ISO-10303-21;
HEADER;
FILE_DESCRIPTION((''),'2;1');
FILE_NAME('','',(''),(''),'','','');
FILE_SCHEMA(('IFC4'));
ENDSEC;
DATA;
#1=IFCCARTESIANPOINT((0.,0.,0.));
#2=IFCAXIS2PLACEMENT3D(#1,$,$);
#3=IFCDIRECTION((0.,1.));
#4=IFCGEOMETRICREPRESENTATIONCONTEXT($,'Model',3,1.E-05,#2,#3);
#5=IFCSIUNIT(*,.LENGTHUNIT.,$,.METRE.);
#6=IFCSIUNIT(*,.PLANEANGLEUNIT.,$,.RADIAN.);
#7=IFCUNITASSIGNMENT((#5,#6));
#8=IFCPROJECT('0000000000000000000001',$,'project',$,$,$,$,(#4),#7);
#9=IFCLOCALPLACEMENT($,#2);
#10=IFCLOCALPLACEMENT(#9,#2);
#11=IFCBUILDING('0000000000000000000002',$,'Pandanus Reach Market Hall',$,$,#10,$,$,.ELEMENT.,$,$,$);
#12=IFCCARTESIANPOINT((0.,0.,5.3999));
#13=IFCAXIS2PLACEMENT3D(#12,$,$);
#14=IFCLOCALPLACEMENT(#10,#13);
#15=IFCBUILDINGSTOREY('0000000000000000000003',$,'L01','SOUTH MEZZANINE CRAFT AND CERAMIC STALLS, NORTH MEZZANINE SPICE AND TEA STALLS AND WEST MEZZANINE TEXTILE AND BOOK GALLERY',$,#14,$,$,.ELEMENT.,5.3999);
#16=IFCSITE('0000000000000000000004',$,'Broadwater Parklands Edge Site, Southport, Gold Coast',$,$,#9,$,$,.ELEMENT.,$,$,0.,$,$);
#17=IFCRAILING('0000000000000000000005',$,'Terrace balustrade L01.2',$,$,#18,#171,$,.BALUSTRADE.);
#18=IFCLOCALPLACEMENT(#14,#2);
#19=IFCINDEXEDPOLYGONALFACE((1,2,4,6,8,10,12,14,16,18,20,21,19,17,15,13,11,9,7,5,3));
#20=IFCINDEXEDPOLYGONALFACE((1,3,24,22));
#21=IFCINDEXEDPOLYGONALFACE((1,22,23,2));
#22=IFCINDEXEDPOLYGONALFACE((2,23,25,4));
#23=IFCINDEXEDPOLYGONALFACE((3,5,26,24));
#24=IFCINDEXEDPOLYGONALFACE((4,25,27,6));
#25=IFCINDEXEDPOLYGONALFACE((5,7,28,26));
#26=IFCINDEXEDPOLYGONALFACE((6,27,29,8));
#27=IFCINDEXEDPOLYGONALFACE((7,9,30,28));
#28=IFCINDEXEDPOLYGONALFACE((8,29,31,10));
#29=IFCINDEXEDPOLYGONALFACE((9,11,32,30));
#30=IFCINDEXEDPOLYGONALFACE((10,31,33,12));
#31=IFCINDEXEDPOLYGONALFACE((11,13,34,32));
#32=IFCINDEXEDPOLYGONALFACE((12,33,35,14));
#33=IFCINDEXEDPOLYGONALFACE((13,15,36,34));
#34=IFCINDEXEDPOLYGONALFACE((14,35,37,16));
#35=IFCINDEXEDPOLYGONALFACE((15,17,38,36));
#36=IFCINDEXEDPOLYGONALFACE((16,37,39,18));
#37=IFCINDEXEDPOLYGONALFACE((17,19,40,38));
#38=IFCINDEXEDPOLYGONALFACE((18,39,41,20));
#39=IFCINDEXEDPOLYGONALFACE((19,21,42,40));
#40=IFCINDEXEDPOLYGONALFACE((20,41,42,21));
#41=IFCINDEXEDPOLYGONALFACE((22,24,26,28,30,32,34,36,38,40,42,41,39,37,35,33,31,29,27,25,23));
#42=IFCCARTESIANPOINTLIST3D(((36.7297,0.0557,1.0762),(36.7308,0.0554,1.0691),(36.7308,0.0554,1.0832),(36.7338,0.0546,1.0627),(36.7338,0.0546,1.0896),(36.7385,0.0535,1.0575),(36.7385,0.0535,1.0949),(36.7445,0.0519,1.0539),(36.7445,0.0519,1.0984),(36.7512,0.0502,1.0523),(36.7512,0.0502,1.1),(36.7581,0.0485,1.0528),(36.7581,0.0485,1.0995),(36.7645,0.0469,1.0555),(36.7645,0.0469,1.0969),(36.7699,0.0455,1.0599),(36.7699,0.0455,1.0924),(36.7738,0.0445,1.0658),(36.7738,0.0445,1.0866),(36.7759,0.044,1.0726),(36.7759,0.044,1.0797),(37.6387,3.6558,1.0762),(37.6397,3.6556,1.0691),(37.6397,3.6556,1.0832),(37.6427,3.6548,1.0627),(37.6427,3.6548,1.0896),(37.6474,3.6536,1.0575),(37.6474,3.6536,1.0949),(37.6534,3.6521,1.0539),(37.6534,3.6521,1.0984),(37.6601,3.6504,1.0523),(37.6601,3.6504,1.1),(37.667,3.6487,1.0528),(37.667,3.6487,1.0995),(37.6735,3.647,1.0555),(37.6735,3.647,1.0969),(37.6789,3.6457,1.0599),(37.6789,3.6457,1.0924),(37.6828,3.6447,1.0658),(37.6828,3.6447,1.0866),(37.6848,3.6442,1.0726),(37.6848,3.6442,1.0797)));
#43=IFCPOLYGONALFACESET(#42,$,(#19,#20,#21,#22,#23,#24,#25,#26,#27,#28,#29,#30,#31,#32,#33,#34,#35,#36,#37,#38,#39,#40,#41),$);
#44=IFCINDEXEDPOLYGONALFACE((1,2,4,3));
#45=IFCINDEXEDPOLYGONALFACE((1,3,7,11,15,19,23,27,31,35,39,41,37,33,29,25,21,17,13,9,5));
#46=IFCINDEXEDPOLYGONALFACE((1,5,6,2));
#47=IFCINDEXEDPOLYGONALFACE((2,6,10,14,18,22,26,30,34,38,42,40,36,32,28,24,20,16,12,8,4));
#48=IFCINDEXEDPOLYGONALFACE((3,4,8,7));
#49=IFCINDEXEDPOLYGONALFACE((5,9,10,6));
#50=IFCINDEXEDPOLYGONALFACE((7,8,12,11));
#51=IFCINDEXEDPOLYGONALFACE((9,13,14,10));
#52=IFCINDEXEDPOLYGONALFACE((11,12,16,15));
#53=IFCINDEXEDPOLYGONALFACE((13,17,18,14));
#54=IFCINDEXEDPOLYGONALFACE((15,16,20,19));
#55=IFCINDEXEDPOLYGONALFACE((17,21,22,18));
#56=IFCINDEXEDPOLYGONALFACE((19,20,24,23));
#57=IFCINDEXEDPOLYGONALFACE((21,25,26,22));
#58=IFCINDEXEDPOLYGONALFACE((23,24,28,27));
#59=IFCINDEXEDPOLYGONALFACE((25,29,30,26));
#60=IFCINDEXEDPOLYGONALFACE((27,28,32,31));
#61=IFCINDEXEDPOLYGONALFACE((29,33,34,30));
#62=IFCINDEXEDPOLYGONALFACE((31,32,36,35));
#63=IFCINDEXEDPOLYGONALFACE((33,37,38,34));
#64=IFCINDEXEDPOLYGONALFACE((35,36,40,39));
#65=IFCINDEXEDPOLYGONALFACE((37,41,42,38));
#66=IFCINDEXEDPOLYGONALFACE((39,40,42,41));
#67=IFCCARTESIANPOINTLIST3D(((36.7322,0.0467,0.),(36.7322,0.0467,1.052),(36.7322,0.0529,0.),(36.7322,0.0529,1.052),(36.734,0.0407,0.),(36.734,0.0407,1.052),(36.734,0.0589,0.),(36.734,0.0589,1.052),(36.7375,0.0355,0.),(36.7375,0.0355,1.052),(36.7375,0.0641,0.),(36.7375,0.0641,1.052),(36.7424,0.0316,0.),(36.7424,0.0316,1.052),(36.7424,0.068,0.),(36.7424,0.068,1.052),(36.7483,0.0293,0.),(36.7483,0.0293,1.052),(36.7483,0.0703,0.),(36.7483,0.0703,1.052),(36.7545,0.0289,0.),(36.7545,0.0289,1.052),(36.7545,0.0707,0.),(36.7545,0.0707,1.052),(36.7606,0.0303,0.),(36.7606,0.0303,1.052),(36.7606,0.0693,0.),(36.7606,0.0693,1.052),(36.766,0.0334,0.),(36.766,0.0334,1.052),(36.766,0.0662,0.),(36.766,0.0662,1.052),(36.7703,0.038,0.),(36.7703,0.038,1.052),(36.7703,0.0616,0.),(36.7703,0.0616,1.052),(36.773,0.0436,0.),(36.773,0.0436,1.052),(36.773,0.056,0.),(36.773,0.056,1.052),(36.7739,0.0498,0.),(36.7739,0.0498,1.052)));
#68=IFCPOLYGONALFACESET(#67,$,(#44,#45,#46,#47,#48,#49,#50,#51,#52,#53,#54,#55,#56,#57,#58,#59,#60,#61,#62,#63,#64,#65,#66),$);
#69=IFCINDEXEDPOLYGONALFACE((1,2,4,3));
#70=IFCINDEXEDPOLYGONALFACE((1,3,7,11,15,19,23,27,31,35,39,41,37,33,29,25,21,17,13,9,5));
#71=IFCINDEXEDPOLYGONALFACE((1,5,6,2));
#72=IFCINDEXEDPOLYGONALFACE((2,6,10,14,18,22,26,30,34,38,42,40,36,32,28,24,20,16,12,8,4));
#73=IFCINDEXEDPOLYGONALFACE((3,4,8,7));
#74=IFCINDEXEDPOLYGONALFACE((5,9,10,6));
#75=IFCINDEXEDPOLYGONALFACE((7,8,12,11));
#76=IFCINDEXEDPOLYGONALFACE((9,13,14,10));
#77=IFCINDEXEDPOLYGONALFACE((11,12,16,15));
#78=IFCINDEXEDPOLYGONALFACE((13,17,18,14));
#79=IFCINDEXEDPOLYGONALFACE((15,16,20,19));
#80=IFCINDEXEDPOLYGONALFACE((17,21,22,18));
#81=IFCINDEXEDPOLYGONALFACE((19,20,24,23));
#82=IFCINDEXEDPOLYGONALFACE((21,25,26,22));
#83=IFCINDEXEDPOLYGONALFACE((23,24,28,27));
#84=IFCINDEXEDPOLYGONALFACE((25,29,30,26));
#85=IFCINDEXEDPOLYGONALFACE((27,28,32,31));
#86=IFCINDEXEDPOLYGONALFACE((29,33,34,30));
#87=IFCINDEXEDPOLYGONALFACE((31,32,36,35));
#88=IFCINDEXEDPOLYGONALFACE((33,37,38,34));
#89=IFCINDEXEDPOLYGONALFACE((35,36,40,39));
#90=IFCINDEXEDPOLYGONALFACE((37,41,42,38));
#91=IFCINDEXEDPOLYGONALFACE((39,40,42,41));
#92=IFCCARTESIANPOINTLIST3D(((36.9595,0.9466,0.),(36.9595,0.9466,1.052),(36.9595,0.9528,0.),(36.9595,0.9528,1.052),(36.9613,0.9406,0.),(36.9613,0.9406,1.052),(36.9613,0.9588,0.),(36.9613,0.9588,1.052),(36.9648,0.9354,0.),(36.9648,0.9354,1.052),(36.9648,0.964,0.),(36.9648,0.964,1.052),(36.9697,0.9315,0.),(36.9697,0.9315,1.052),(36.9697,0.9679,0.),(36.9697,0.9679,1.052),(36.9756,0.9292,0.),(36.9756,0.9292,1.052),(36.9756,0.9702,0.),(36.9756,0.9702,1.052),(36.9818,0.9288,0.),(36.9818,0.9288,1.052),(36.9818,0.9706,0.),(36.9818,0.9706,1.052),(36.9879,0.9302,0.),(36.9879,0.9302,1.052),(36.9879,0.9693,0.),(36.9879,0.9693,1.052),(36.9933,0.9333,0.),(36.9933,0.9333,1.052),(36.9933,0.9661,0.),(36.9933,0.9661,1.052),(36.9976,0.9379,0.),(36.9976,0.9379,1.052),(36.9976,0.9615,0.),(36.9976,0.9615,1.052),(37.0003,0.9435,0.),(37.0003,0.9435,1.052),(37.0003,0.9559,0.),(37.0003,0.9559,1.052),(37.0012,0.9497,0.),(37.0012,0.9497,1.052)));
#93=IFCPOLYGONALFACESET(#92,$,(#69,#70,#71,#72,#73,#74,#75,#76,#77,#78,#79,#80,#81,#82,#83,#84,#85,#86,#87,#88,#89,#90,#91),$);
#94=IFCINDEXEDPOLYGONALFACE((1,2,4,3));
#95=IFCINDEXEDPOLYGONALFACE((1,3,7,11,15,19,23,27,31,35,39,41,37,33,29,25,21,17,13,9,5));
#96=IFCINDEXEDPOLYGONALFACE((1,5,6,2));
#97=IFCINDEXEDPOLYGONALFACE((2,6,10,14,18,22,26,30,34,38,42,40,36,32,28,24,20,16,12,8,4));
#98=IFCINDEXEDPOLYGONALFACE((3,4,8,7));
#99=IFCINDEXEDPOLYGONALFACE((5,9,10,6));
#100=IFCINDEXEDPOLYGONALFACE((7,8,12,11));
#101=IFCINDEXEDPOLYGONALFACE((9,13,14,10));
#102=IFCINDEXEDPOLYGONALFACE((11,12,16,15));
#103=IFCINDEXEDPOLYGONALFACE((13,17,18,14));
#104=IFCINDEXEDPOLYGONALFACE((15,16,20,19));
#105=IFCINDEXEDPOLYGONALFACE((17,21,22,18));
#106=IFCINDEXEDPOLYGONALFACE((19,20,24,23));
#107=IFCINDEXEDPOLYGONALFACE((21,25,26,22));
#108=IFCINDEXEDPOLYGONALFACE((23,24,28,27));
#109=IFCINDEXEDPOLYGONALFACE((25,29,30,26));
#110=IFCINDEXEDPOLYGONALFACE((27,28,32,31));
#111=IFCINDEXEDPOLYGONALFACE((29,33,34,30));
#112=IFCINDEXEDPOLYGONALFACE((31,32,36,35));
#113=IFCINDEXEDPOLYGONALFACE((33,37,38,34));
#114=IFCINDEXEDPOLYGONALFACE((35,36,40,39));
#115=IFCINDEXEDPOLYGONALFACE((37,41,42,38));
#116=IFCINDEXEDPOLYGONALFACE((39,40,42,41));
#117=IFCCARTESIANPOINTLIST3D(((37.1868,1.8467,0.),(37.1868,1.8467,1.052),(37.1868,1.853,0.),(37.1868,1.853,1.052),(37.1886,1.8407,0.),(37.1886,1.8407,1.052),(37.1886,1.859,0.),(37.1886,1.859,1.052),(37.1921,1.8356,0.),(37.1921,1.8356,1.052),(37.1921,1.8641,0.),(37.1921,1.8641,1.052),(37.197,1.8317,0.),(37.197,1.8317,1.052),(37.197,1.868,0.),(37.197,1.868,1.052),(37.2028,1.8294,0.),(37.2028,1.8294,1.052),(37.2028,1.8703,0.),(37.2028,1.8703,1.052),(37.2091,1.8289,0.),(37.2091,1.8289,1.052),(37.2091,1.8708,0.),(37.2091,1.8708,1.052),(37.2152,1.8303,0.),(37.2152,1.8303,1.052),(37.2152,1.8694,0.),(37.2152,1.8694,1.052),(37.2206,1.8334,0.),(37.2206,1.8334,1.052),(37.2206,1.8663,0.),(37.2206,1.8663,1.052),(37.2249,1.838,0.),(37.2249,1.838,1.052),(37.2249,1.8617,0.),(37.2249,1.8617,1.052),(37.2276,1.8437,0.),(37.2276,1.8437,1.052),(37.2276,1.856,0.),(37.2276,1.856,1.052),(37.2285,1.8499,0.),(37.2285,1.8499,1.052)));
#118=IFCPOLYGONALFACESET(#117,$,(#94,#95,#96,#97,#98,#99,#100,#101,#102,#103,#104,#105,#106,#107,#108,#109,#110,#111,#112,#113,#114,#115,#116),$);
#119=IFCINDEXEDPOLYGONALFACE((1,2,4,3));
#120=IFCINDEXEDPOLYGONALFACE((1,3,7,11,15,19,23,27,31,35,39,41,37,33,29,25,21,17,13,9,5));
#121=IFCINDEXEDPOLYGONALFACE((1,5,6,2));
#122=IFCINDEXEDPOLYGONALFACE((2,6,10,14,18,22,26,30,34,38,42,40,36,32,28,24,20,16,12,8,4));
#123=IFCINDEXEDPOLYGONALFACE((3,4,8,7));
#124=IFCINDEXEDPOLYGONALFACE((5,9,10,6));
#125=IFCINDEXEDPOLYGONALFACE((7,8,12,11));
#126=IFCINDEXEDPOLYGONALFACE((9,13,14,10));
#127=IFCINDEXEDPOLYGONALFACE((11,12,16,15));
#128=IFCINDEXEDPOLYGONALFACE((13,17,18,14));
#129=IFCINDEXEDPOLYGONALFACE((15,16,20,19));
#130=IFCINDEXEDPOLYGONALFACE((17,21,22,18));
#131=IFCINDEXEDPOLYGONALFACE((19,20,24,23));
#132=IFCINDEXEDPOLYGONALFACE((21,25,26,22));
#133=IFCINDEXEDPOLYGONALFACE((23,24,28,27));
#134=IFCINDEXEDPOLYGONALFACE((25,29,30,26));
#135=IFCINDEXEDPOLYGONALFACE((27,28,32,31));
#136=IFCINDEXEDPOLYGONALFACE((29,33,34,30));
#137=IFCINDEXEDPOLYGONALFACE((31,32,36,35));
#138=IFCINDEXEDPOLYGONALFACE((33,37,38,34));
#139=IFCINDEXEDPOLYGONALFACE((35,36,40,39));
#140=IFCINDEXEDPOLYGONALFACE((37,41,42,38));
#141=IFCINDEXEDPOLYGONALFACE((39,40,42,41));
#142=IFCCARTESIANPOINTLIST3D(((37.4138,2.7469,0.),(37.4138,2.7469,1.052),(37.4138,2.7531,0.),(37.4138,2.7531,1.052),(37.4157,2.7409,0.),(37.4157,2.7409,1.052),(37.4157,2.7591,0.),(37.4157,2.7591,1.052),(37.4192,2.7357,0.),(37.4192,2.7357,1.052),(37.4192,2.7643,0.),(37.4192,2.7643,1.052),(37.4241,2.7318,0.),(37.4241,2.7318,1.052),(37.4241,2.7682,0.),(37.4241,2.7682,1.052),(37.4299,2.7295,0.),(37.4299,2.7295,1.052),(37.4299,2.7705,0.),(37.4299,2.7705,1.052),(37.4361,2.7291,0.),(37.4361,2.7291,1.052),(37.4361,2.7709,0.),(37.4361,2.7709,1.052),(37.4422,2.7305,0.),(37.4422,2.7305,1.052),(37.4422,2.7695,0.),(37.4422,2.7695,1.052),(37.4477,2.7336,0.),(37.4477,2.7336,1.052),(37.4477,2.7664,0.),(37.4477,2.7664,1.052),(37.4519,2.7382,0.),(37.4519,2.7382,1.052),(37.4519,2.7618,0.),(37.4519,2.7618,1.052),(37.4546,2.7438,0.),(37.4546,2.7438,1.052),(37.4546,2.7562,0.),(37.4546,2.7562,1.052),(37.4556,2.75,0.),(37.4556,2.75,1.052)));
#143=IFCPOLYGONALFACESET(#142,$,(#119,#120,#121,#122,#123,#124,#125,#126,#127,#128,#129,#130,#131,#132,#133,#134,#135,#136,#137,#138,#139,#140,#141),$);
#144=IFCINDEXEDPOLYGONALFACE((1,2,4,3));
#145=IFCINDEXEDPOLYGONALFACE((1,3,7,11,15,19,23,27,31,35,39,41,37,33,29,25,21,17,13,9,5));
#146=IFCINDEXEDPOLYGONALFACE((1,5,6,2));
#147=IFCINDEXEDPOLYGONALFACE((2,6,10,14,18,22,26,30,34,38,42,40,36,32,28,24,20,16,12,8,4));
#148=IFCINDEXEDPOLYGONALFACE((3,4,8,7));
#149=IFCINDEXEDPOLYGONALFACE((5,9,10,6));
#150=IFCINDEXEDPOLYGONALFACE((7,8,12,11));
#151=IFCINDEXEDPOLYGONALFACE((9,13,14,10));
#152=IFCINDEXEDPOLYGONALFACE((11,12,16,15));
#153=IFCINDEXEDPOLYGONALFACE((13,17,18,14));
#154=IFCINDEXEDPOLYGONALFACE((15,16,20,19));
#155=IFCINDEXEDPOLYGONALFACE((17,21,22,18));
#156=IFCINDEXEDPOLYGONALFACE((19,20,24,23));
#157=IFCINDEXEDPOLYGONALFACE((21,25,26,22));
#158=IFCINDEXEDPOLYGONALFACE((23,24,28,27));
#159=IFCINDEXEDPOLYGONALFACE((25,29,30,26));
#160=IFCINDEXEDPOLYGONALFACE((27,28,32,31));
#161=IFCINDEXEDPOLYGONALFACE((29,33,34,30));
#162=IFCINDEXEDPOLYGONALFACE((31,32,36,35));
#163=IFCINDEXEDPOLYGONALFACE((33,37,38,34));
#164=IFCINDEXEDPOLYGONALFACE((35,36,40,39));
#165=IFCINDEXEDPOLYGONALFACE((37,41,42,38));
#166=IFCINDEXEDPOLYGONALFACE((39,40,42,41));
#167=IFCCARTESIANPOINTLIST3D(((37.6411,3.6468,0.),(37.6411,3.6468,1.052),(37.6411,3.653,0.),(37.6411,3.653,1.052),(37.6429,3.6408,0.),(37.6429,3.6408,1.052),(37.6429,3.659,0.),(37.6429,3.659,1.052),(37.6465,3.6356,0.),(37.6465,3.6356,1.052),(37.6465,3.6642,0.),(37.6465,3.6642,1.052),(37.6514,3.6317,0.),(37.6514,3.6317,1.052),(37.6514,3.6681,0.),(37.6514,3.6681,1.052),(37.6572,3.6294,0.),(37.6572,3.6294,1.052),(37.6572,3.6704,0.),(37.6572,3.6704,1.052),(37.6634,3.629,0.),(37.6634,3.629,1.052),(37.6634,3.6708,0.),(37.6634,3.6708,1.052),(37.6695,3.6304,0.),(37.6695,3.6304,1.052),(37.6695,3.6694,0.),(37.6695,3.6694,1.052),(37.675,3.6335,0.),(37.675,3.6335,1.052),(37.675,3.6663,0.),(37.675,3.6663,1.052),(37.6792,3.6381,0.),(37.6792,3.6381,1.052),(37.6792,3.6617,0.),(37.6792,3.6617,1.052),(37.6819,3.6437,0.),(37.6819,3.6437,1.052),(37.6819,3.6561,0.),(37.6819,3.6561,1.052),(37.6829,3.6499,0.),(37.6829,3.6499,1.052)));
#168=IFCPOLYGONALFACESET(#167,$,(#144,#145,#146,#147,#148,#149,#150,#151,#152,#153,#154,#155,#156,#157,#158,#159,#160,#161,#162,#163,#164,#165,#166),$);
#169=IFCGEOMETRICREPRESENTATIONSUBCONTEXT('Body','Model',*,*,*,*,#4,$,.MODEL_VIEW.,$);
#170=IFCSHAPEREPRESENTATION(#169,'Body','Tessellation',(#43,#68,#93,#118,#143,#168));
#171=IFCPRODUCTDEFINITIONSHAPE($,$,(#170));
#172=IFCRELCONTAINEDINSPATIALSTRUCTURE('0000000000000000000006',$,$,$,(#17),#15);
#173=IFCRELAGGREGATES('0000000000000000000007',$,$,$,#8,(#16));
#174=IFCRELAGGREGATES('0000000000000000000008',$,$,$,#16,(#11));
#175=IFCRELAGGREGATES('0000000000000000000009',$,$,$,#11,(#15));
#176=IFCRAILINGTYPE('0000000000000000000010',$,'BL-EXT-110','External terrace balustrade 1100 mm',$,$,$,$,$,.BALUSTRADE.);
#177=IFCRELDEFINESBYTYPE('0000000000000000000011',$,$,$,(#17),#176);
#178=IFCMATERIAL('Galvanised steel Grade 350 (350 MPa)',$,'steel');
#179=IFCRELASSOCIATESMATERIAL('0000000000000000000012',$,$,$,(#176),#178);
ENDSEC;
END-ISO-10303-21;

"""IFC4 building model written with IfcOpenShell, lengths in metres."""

from ifc_helpers import new_model, si_unit, direction, frame, origin, origin_2d, place, context, subcontext, project, spatial, circle, extrude, material, type_object, element, save


model = new_model("IFC4")

# Units and contexts
model_context = context("Model", 3, precision=1e-05, world=origin(), true_north=direction((0.0, 1.0)))
body_context = subcontext(model_context, "Body", "Model", "MODEL_VIEW")
ifc_project = project(units=[si_unit("LENGTHUNIT", "METRE"), si_unit("PLANEANGLEUNIT", "RADIAN")], contexts=[model_context])

# Site, building, storey
site_placement = place(None, origin())
site = spatial("IfcSite", under=ifc_project, at=site_placement, Name="Broadwater Parklands Edge Site, Southport, Gold Coast", CompositionType="ELEMENT", RefElevation=0.0)
building_placement = place(site_placement, origin())
building = spatial("IfcBuilding", under=site, at=building_placement, Name="Pandanus Reach Market Hall", CompositionType="ELEMENT")
storey_placement = place(building_placement, frame((0.0, 0.0, 5.3999)))
storey = spatial("IfcBuildingStorey", under=building, at=storey_placement, Name="L01", Description="SOUTH MEZZANINE CRAFT AND CERAMIC STALLS, NORTH MEZZANINE SPICE AND TEA STALLS AND WEST MEZZANINE TEXTILE AND BOOK GALLERY", CompositionType="ELEMENT", Elevation=5.3999)

# Railing
ifc_material_1 = material(Name="Galvanised steel Grade 350 (350 MPa)", Category="steel")
railing_type = type_object("IfcRailingType", Name="BL-EXT-110", Description="External terrace balustrade 1100 mm", PredefinedType="BALUSTRADE", material=ifc_material_1)
railing_1_placement = place(storey_placement, frame((36.7529, 0.0498, 0.0)))
element("IfcRailing", 1, at=railing_1_placement, inside=storey, type_object=railing_type, Name="Terrace balustrade L01.2", PredefinedType="BALUSTRADE", context=body_context, shape_type="SweptSolid", body=[
    extrude(circle(Radius=0.0239, at=origin_2d()), frame((0.0, 0.0, 1.0762), z_axis=(0.244794, 0.969575, 0.0), x_axis=(-0.969575, 0.244794, 0.0)), (0.0, 0.0, 1.0), 3.7131),
    extrude(circle(Radius=0.021, at=origin_2d()), origin(), (0.0, 0.0, 1.0), 1.052),
    extrude(circle(Radius=0.021, at=origin_2d()), frame((0.2273, 0.8999, 0.0)), (0.0, 0.0, 1.0), 1.052),
    extrude(circle(Radius=0.021, at=origin_2d()), frame((0.4546, 1.8, 0.0)), (0.0, 0.0, 1.0), 1.052),
    extrude(circle(Radius=0.021, at=origin_2d()), frame((0.6816, 2.7002, 0.0)), (0.0, 0.0, 1.0), 1.052),
    extrude(circle(Radius=0.021, at=origin_2d()), frame((0.9089, 3.6001, 0.0)), (0.0, 0.0, 1.0), 1.052),
])

save(model, "model.ifc")
